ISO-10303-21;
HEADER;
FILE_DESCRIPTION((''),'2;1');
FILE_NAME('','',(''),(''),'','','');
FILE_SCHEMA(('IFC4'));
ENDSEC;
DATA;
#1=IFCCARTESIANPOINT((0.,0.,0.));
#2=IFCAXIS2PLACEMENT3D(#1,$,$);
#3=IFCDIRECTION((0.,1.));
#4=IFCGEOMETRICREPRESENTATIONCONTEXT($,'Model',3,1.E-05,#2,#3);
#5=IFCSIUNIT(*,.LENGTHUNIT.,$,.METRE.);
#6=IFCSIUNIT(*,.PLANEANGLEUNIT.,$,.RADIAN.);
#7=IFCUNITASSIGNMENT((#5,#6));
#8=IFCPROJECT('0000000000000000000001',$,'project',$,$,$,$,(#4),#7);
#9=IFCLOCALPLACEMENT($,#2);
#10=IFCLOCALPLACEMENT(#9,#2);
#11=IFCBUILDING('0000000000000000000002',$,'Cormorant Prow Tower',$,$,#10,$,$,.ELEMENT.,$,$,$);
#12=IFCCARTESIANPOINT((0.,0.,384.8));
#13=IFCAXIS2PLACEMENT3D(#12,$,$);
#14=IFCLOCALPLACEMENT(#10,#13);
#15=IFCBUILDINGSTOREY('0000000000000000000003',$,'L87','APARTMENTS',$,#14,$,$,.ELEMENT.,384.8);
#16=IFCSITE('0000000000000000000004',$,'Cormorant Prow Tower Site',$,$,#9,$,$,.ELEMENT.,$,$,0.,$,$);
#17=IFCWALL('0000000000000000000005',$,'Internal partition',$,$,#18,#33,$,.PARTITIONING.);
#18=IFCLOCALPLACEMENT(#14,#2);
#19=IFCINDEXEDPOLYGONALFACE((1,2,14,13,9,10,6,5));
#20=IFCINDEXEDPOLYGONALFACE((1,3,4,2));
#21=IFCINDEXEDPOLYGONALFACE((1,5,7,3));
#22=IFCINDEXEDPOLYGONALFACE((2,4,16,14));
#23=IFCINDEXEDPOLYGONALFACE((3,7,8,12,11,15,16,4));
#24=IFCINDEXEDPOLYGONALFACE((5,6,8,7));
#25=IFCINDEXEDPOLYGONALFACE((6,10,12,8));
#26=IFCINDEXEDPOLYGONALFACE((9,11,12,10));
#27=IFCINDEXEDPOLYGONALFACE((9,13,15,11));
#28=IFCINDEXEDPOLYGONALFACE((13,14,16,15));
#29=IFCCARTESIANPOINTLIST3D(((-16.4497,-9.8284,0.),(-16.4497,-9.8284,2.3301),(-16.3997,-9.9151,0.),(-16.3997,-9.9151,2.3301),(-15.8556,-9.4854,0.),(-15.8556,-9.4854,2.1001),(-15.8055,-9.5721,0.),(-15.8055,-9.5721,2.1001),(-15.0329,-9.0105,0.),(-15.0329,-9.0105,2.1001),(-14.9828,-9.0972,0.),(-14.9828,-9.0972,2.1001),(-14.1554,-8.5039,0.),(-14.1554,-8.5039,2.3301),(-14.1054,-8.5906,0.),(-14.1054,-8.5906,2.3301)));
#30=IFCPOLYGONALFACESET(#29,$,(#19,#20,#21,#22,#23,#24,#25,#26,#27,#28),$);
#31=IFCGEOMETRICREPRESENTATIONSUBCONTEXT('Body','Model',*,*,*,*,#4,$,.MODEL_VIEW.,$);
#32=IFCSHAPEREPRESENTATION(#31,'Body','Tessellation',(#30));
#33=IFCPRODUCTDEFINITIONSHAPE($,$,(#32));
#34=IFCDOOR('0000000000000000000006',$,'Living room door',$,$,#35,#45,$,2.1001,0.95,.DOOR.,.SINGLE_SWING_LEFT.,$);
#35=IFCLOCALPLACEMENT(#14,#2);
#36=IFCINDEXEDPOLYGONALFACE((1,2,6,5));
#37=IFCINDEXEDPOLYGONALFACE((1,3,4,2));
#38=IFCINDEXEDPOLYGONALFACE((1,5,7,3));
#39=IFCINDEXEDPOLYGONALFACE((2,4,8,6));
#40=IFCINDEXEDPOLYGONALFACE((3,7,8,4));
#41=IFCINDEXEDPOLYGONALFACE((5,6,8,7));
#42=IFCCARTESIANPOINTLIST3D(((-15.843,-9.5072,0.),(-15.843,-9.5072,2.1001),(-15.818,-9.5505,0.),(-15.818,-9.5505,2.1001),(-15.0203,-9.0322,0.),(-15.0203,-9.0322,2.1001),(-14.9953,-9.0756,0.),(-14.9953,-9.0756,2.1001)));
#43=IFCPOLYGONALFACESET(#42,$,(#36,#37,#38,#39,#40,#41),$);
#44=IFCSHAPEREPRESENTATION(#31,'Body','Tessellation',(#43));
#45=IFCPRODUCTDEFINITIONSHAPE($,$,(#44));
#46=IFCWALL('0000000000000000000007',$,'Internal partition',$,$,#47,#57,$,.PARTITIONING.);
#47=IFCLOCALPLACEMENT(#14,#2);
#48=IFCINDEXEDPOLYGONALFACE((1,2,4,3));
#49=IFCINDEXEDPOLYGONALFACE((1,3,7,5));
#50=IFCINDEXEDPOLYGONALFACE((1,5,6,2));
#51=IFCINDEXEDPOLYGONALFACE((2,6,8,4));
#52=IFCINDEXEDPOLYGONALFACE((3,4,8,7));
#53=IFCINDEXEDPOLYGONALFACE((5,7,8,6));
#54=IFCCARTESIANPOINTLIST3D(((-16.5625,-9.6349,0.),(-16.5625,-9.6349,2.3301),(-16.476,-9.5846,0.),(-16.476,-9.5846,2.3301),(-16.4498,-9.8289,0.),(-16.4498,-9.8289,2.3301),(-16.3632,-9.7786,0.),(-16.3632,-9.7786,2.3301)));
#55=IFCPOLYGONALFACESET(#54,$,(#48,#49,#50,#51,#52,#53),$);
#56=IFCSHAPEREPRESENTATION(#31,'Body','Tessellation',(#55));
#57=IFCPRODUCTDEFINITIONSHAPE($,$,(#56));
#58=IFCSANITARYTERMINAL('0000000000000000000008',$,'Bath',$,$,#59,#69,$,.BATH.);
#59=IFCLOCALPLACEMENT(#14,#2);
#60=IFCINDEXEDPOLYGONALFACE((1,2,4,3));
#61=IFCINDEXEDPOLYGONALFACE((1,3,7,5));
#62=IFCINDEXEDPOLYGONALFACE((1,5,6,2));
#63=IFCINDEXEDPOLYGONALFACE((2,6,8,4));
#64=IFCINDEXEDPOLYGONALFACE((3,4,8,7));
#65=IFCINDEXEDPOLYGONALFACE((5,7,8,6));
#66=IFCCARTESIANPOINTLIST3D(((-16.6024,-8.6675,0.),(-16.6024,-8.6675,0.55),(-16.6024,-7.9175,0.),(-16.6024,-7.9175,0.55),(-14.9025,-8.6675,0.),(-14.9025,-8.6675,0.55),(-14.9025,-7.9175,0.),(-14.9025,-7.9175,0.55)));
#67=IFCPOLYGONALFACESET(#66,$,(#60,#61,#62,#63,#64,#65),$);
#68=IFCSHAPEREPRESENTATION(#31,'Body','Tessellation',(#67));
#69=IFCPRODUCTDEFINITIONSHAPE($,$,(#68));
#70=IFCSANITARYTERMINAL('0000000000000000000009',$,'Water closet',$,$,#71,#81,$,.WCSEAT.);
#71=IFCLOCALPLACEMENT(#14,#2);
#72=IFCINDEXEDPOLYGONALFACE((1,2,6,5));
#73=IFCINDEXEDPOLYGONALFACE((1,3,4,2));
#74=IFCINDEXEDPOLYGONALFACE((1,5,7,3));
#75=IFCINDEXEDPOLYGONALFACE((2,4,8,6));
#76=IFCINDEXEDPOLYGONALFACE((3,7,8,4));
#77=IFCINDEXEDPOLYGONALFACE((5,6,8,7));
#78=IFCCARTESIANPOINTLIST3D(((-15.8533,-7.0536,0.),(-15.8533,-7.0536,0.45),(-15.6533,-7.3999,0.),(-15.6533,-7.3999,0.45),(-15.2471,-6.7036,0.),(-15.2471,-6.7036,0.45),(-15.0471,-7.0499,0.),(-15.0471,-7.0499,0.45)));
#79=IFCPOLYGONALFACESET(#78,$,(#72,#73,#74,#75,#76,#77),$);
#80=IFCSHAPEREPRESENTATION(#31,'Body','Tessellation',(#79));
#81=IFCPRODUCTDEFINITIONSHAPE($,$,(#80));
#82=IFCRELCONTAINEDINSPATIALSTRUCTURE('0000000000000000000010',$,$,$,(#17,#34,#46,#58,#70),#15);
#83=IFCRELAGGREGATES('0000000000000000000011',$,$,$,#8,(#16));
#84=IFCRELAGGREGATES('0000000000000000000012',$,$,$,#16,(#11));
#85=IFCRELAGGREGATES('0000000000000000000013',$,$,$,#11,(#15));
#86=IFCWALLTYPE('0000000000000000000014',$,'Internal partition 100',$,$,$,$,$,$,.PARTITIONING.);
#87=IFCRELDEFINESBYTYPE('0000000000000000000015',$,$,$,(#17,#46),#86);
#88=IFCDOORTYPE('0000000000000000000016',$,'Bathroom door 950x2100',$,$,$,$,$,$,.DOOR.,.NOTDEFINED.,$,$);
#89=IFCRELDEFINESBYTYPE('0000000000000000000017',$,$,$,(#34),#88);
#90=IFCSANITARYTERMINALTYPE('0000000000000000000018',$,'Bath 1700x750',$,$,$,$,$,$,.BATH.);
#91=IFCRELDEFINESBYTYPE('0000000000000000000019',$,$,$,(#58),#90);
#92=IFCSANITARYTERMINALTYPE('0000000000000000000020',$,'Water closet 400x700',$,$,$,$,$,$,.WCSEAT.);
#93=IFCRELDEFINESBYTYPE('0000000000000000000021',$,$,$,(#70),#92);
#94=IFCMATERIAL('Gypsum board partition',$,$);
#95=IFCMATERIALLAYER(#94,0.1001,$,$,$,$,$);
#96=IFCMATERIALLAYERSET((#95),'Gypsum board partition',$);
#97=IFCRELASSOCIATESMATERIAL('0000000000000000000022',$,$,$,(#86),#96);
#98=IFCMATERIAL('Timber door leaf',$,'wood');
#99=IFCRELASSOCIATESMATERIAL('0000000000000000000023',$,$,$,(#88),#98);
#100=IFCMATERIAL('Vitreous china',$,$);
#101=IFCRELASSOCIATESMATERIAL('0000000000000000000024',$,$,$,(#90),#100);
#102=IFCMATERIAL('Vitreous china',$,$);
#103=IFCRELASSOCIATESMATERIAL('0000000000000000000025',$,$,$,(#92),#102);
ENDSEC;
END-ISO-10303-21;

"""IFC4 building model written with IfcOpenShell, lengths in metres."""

from ifc_helpers import new_model, si_unit, direction, frame, frame_2d, origin, origin_2d, place, context, subcontext, project, spatial, rectangle, extrude, material, layer, layer_set, type_object, element, fill, save


model = new_model("IFC4")

# Units and contexts
model_context = context("Model", 3, precision=1e-05, world=origin(), true_north=direction((0.0, 1.0)))
body_context = subcontext(model_context, "Body", "Model", "MODEL_VIEW")
ifc_project = project(units=[si_unit("LENGTHUNIT", "METRE"), si_unit("PLANEANGLEUNIT", "RADIAN")], contexts=[model_context])

# Site, building, storey
site_placement = place(None, origin())
site = spatial("IfcSite", under=ifc_project, at=site_placement, Name="Cormorant Prow Tower Site", CompositionType="ELEMENT", RefElevation=0.0)
building_placement = place(site_placement, origin())
building = spatial("IfcBuilding", under=site, at=building_placement, Name="Cormorant Prow Tower", CompositionType="ELEMENT")
storey_placement = place(building_placement, frame((0.0, 0.0, 384.8)))
storey = spatial("IfcBuildingStorey", under=building, at=storey_placement, Name="L87", Description="APARTMENTS", CompositionType="ELEMENT", Elevation=384.8)

# Wall, opening, door
ifc_material_1 = material(Name="Gypsum board partition")
ifc_layer_1 = layer(ifc_material_1, 0.1001)
ifc_layer_set_1 = layer_set([ifc_layer_1], Name="Gypsum board partition")
wall_type_1 = type_object("IfcWallType", Name="Internal partition 100", PredefinedType="PARTITIONING", material=ifc_layer_set_1)
wall_1_placement = place(storey_placement, frame((-16.4248, -9.8718, 0.0), z_axis=(0.0, 0.0, 1.0), x_axis=(0.86604, 0.499975, 0.0)))
wall_1 = element("IfcWall", 1, at=wall_1_placement, inside=storey, type_object=wall_type_1, Name="Internal partition", PredefinedType="PARTITIONING", context=body_context, shape_type="SweptSolid", body=[
    extrude(rectangle(XDim=2.6492, YDim=0.1001, at=frame_2d((1.3247, 0.0))), origin(), (0.0, 0.0, 1.0), 2.3301),
])
opening_1_placement = place(wall_1_placement, frame((0.686, 0.0, 0.0)))
opening_1 = element("IfcOpeningElement", 2, at=opening_1_placement, cuts=wall_1, PredefinedType="OPENING", context=body_context, shape_type="SweptSolid", body=[
    extrude(rectangle(XDim=0.95, YDim=2.1001, at=frame_2d((0.4751, 1.05))), frame((0.0, 0.0601, 0.0), z_axis=(0.0, -1.0, 0.0), x_axis=(1.0, 0.0, 0.0)), (0.0, 0.0, 1.0), 0.1201),
])
ifc_material_2 = material(Name="Timber door leaf", Category="wood")
door_type_1 = type_object("IfcDoorType", Name="Bathroom door 950x2100", OperationType="NOTDEFINED", PredefinedType="DOOR", material=ifc_material_2)
door_1_placement = place(opening_1_placement, origin())
door_1 = element("IfcDoor", 3, at=door_1_placement, inside=storey, type_object=door_type_1, Name="Living room door", OperationType="SINGLE_SWING_LEFT", OverallHeight=2.1001, OverallWidth=0.95, PredefinedType="DOOR", context=body_context, shape_type="SweptSolid", body=[
    extrude(rectangle(XDim=0.95, YDim=2.1001, at=frame_2d((0.4751, 1.05))), frame((0.0, 0.0249, 0.0), z_axis=(0.0, -1.0, 0.0), x_axis=(1.0, 0.0, 0.0)), (0.0, 0.0, 1.0), 0.05),
])
fill(opening_1, door_1)

# Wall
wall_2_placement = place(storey_placement, frame((-16.5193, -9.6096, 0.0), z_axis=(0.0, 0.0, 1.0), x_axis=(0.50245, -0.864606, 0.0)))
element("IfcWall", 4, at=wall_2_placement, inside=storey, type_object=wall_type_1, Name="Internal partition", PredefinedType="PARTITIONING", context=body_context, shape_type="SweptSolid", body=[
    extrude(rectangle(XDim=0.2244, YDim=0.1001, at=frame_2d((0.1123, 0.0))), origin(), (0.0, 0.0, 1.0), 2.3301),
])

# Sanitary terminals
ifc_material_3 = material(Name="Vitreous china")
sanitary_terminal_type_1 = type_object("IfcSanitaryTerminalType", Name="Bath 1700x750", PredefinedType="BATH", material=ifc_material_3)
sanitary_terminal_1_placement = place(storey_placement, frame((-15.7524, -8.2925, 0.0), z_axis=(0.0, 0.0, 1.0), x_axis=(1.0, 0.0, 0.0)))
element("IfcSanitaryTerminal", 5, at=sanitary_terminal_1_placement, inside=storey, type_object=sanitary_terminal_type_1, Name="Bath", PredefinedType="BATH", context=body_context, shape_type="SweptSolid", body=[
    extrude(rectangle(XDim=1.7, YDim=0.75, at=origin_2d()), origin(), (0.0, 0.0, 1.0), 0.55),
])
ifc_material_4 = material(Name="Vitreous china")
sanitary_terminal_type_2 = type_object("IfcSanitaryTerminalType", Name="Water closet 400x700", PredefinedType="WCSEAT", material=ifc_material_4)
sanitary_terminal_2_placement = place(storey_placement, frame((-15.4502, -7.0518, 0.0), z_axis=(0.0, 0.0, 1.0), x_axis=(0.5, -0.866025, 0.0)))
element("IfcSanitaryTerminal", 6, at=sanitary_terminal_2_placement, inside=storey, type_object=sanitary_terminal_type_2, Name="Water closet", PredefinedType="WCSEAT", context=body_context, shape_type="SweptSolid", body=[
    extrude(rectangle(XDim=0.3999, YDim=0.7, at=origin_2d()), origin(), (0.0, 0.0, 1.0), 0.45),
])

save(model, "model.ifc")
